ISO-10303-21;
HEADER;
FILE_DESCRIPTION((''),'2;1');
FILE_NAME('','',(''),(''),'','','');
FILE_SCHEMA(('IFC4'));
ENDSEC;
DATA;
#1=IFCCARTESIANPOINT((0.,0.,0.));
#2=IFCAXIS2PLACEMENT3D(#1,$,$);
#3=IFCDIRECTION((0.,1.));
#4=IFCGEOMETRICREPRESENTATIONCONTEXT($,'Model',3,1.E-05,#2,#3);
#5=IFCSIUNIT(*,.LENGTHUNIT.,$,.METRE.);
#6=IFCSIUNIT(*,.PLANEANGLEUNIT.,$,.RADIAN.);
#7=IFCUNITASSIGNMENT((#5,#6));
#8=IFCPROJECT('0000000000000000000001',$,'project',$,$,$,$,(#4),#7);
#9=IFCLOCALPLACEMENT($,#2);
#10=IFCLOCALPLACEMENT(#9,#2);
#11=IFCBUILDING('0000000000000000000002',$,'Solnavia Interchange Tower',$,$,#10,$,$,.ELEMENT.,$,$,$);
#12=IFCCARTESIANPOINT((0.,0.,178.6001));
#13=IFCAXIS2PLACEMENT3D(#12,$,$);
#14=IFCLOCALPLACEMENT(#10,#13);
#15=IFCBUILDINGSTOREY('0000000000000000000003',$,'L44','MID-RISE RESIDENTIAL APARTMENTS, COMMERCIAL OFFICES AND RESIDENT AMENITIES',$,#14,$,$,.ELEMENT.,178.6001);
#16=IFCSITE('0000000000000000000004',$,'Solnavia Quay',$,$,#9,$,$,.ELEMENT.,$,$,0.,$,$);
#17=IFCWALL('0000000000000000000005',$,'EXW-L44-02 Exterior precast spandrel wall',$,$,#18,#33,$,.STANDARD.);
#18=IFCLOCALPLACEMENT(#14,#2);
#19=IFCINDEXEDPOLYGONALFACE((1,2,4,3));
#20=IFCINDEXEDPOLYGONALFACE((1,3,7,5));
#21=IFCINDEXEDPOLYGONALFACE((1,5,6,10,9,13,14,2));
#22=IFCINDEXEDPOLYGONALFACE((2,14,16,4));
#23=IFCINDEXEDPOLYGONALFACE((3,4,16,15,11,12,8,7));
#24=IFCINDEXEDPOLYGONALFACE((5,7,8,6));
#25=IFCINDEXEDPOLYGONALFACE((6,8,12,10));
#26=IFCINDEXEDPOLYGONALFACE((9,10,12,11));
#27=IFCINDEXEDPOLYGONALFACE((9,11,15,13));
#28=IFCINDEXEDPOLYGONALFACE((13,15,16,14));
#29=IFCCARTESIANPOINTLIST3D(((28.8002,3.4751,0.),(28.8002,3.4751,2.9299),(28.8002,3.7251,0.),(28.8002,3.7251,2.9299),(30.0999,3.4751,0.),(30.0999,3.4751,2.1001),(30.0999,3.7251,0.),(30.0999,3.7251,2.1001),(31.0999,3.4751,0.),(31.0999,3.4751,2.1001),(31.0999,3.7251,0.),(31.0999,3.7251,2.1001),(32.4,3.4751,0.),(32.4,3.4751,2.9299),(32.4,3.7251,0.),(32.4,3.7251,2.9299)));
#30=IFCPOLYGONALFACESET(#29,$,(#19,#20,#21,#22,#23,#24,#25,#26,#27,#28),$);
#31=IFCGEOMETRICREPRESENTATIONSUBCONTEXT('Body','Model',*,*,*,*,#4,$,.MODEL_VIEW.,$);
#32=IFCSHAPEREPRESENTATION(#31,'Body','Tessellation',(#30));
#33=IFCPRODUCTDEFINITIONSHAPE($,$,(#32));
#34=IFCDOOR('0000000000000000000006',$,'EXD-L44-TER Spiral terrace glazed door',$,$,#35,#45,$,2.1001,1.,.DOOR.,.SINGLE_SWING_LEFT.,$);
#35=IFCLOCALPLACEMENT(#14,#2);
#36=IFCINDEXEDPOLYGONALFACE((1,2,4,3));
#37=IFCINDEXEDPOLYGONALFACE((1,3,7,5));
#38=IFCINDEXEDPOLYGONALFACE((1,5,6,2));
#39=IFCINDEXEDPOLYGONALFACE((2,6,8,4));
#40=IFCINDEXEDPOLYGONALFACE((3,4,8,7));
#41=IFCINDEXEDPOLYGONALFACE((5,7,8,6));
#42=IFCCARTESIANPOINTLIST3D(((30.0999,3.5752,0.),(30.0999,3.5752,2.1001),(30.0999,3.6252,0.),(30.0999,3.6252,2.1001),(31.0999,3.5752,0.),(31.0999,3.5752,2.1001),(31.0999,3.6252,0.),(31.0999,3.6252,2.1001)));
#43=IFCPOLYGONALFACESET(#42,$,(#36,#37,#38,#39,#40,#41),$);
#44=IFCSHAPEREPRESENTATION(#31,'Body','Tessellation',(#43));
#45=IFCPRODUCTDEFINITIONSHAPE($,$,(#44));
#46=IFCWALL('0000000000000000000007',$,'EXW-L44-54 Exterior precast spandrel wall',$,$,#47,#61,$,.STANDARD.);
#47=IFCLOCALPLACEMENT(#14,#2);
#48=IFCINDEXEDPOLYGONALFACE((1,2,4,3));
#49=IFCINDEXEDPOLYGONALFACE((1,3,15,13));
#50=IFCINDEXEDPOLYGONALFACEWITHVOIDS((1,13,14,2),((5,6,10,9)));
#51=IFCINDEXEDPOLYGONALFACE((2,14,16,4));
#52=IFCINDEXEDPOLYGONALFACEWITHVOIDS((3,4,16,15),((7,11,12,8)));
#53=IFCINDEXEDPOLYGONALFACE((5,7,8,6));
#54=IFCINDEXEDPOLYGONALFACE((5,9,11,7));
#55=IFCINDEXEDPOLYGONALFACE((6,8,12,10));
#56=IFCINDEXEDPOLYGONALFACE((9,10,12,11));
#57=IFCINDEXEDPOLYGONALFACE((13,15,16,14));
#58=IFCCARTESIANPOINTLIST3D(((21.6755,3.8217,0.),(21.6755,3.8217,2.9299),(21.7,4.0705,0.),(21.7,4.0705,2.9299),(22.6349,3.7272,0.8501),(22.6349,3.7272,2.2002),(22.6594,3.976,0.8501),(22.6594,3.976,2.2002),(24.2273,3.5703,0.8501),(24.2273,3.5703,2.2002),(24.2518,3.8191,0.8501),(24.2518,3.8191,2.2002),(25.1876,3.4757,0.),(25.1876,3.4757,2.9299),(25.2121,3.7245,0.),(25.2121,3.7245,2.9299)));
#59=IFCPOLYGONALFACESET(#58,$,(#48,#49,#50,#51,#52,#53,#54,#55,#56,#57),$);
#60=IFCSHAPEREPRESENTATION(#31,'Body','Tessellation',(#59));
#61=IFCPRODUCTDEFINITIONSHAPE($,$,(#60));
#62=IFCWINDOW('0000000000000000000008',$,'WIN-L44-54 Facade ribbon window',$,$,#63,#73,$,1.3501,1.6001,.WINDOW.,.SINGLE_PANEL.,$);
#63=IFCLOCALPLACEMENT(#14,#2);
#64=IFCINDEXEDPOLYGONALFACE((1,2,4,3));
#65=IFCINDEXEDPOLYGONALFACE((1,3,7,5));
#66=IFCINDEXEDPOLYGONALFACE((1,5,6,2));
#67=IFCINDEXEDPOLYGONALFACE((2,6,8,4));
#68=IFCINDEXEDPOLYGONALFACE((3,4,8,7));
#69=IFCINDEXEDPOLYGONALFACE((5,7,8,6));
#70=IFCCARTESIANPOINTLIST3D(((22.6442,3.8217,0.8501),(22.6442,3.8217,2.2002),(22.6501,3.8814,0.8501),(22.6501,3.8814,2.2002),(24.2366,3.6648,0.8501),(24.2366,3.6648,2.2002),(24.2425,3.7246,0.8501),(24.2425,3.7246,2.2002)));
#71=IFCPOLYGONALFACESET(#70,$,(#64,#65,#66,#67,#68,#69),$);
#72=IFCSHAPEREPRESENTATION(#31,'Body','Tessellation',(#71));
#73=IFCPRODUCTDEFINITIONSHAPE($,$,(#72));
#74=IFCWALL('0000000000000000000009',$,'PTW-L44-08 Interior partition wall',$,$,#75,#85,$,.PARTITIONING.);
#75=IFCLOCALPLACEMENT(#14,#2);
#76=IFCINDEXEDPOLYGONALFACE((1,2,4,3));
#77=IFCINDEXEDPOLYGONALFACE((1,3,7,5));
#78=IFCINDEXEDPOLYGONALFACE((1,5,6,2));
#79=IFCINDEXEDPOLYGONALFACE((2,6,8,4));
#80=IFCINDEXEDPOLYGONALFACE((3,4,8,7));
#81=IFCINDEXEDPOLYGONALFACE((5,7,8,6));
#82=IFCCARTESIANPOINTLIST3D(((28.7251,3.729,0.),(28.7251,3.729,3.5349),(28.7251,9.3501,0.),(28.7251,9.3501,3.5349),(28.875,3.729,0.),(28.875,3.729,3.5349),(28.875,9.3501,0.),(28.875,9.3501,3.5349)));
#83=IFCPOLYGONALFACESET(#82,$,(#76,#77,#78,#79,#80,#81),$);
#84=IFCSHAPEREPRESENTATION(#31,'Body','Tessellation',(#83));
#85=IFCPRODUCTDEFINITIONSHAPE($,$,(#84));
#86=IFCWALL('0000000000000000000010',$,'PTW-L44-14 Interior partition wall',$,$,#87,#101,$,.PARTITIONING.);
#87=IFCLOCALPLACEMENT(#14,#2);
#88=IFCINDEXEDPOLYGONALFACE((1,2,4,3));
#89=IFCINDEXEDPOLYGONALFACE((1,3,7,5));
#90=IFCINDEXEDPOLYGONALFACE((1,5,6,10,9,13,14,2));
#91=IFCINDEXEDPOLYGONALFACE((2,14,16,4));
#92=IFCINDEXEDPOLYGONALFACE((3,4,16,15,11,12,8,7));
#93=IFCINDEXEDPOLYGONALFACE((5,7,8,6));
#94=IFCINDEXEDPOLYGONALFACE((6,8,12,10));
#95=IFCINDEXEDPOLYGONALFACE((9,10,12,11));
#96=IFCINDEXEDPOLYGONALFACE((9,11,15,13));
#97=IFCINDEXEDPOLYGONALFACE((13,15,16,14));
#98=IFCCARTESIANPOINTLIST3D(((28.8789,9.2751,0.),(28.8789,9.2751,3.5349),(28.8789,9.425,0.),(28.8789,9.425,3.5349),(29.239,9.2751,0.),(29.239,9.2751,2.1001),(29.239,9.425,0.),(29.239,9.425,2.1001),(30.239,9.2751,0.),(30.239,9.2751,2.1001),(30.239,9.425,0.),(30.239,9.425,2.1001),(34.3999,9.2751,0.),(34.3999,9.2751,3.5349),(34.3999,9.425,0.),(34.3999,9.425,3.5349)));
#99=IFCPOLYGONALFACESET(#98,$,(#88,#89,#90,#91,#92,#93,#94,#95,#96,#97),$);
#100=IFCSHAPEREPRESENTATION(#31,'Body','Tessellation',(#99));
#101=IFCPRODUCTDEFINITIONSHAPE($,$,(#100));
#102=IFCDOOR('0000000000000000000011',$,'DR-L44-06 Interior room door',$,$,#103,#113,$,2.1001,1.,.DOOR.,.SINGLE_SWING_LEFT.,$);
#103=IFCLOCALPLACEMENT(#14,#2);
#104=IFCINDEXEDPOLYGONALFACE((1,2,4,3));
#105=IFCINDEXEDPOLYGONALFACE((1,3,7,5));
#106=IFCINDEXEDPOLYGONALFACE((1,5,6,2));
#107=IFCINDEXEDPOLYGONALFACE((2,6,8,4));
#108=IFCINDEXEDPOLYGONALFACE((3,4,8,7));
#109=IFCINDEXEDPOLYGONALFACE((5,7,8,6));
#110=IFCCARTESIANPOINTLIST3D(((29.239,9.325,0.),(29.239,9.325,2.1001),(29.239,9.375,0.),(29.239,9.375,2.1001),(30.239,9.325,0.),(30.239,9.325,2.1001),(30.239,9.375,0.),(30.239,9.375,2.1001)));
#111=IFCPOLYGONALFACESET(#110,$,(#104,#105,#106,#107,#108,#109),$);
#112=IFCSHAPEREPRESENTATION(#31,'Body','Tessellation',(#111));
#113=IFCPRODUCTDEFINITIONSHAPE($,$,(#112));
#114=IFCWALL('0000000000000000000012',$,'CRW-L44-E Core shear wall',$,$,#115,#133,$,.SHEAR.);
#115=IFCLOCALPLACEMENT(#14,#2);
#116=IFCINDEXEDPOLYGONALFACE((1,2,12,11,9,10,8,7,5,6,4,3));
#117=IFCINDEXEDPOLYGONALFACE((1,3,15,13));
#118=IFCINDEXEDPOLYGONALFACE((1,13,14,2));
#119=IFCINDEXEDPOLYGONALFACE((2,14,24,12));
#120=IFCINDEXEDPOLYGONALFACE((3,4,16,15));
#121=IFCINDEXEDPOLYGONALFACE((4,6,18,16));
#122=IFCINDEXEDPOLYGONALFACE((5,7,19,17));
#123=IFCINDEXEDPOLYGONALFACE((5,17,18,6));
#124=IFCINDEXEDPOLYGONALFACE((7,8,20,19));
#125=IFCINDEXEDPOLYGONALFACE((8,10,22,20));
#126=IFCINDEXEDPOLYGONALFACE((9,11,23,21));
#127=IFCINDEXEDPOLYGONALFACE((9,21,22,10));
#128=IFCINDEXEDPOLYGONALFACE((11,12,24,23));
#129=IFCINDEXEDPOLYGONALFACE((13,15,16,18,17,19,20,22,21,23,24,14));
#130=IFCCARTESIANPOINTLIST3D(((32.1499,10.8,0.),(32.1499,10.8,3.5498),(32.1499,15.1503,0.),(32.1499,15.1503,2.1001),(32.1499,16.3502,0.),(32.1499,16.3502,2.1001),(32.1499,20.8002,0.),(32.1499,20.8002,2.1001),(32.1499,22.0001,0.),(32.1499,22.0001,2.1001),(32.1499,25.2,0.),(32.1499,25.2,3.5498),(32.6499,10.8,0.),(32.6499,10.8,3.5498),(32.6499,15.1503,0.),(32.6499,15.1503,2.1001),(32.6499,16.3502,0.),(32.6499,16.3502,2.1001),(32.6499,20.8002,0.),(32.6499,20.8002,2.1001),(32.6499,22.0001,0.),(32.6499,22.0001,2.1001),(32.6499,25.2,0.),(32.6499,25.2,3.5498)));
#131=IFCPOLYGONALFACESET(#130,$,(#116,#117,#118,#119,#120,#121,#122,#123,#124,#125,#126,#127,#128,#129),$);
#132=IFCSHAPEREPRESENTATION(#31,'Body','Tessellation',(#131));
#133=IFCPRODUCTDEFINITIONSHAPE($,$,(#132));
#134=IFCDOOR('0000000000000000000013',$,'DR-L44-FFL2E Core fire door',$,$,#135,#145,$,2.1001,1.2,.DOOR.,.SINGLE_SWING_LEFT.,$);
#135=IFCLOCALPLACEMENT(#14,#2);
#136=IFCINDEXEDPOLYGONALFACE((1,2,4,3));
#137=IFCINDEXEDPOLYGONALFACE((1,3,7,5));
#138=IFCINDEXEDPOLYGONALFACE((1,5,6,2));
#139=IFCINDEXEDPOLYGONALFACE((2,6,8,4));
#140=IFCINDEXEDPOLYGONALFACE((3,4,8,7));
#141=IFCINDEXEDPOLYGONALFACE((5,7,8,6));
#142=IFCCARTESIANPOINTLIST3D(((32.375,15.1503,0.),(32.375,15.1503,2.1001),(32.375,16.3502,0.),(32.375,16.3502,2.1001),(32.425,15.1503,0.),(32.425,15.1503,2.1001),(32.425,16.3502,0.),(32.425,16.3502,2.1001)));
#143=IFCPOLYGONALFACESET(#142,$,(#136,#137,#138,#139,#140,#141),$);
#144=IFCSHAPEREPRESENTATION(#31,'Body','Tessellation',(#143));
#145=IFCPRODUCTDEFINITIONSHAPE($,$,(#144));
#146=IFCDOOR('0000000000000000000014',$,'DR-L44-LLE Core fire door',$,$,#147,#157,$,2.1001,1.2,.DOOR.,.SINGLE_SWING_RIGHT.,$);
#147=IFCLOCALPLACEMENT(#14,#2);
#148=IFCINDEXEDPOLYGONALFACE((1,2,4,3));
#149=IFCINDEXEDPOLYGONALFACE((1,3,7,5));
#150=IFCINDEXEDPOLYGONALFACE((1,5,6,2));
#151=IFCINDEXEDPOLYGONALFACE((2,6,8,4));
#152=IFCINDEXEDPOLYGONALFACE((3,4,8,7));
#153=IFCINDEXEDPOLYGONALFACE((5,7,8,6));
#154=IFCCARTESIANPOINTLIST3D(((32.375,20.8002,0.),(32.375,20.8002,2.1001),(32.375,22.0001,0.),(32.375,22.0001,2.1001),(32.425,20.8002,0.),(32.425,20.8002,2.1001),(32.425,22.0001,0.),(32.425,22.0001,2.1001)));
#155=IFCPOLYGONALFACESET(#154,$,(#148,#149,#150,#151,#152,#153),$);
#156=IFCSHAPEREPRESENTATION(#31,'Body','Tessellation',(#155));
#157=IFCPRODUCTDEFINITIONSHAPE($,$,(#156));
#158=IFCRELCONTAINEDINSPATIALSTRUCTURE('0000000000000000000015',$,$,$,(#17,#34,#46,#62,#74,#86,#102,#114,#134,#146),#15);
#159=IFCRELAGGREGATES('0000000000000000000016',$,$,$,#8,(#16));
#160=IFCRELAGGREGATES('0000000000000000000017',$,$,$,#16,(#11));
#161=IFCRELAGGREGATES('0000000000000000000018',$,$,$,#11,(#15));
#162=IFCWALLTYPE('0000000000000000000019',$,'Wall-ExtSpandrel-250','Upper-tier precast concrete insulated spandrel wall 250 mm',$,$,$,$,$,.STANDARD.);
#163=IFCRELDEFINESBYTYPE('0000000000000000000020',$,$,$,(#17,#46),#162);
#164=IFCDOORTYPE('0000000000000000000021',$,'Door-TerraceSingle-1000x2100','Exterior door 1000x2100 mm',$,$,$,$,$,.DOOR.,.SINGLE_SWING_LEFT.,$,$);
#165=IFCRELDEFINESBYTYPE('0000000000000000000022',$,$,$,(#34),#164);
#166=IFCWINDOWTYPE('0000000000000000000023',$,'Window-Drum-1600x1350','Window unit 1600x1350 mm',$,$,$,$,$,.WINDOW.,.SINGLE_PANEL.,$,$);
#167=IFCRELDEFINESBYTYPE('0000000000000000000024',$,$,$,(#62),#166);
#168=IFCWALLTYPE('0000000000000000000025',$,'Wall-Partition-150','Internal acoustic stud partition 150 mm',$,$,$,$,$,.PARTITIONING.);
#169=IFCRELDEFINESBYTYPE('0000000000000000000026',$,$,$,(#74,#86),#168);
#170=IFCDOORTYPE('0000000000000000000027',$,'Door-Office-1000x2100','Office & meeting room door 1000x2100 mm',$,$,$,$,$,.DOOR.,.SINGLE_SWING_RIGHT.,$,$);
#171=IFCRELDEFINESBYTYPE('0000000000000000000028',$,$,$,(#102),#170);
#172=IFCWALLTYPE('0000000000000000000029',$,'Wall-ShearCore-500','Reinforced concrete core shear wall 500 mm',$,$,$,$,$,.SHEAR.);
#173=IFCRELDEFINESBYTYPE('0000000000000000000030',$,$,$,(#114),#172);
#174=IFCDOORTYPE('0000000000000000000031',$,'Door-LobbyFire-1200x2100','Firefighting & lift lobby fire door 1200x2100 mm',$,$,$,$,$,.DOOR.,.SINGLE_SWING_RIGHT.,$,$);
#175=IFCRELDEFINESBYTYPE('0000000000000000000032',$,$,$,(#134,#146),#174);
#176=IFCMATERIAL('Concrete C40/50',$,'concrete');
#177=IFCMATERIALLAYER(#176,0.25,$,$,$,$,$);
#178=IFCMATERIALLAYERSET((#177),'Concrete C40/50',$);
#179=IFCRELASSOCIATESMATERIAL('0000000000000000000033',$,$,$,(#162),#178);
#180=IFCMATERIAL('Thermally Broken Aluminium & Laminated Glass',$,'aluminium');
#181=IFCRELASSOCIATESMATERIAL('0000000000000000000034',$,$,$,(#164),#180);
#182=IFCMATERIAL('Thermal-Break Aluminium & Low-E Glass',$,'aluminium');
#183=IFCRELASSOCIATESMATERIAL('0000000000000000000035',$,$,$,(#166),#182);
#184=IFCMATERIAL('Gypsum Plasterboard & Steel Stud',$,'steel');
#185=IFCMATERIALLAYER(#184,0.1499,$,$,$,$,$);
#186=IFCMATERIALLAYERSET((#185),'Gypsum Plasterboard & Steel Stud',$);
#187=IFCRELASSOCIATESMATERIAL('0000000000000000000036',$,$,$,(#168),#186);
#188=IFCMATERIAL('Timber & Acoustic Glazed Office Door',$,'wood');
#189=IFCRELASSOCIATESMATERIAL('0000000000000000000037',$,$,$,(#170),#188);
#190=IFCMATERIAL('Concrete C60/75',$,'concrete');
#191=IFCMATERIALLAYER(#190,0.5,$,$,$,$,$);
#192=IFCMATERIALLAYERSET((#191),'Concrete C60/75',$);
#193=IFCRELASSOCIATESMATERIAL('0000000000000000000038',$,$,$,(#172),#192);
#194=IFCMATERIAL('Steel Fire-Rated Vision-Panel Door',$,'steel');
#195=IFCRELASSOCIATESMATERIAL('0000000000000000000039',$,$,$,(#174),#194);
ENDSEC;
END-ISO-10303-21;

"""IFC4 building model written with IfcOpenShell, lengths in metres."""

from ifc_helpers import new_model, si_unit, direction, frame, frame_2d, origin, place, context, subcontext, project, spatial, rectangle, extrude, material, layer, layer_set, type_object, element, fill, save


model = new_model("IFC4")

# Units and contexts
model_context = context("Model", 3, precision=1e-05, world=origin(), true_north=direction((0.0, 1.0)))
body_context = subcontext(model_context, "Body", "Model", "MODEL_VIEW")
ifc_project = project(units=[si_unit("LENGTHUNIT", "METRE"), si_unit("PLANEANGLEUNIT", "RADIAN")], contexts=[model_context])

# Site, building, storey
site_placement = place(None, origin())
site = spatial("IfcSite", under=ifc_project, at=site_placement, Name="Solnavia Quay", CompositionType="ELEMENT", RefElevation=0.0)
building_placement = place(site_placement, origin())
building = spatial("IfcBuilding", under=site, at=building_placement, Name="Solnavia Interchange Tower", CompositionType="ELEMENT")
storey_placement = place(building_placement, frame((0.0, 0.0, 178.6001)))
storey = spatial("IfcBuildingStorey", under=building, at=storey_placement, Name="L44", Description="MID-RISE RESIDENTIAL APARTMENTS, COMMERCIAL OFFICES AND RESIDENT AMENITIES", CompositionType="ELEMENT", Elevation=178.6001)

# Shared definitions
ifc_material_1 = material(Name="Concrete C40/50", Category="concrete")
ifc_layer_1 = layer(ifc_material_1, 0.25)
ifc_layer_set_1 = layer_set([ifc_layer_1], Name="Concrete C40/50")
wall_type_1 = type_object("IfcWallType", Name="Wall-ExtSpandrel-250", Description="Upper-tier precast concrete insulated spandrel wall 250 mm", PredefinedType="STANDARD", material=ifc_layer_set_1)
ifc_material_2 = material(Name="Thermal-Break Aluminium & Low-E Glass", Category="aluminium")

# Wall, opening, door
wall_1_placement = place(storey_placement, frame((32.3999, 3.6001, 0.0), z_axis=(0.0, 0.0, 1.0), x_axis=(-1.0, 0.0, 0.0)))
wall_1 = element("IfcWall", 1, at=wall_1_placement, inside=storey, type_object=wall_type_1, Name="EXW-L44-02 Exterior precast spandrel wall", PredefinedType="STANDARD", context=body_context, shape_type="SweptSolid", body=[
    extrude(rectangle(XDim=3.5999, YDim=0.25, at=frame_2d((1.7998, 0.0))), origin(), (0.0, 0.0, 1.0), 2.9299),
])
opening_1_placement = place(wall_1_placement, frame((1.3, 0.0, 0.0)))
opening_1 = element("IfcOpeningElement", 2, at=opening_1_placement, cuts=wall_1, PredefinedType="OPENING", context=body_context, shape_type="SweptSolid", body=[
    extrude(rectangle(XDim=1.0, YDim=2.1001, at=frame_2d((0.5, 1.05))), frame((0.0, 0.135, 0.0), z_axis=(0.0, -1.0, 0.0), x_axis=(1.0, 0.0, 0.0)), (0.0, 0.0, 1.0), 0.27),
])
ifc_material_3 = material(Name="Thermally Broken Aluminium & Laminated Glass", Category="aluminium")
door_type_1 = type_object("IfcDoorType", Name="Door-TerraceSingle-1000x2100", Description="Exterior door 1000x2100 mm", OperationType="SINGLE_SWING_LEFT", PredefinedType="DOOR", material=ifc_material_3)
door_1_placement = place(opening_1_placement, origin())
door_1 = element("IfcDoor", 3, at=door_1_placement, inside=storey, type_object=door_type_1, Name="EXD-L44-TER Spiral terrace glazed door", OperationType="SINGLE_SWING_LEFT", OverallHeight=2.1001, OverallWidth=1.0, PredefinedType="DOOR", context=body_context, shape_type="SweptSolid", body=[
    extrude(rectangle(XDim=1.0, YDim=2.1001, at=frame_2d((0.5, 1.05))), frame((0.0, 0.0249, 0.0), z_axis=(0.0, -1.0, 0.0), x_axis=(1.0, 0.0, 0.0)), (0.0, 0.0, 1.0), 0.05),
])
fill(opening_1, door_1)

# Wall, opening, window
wall_2_placement = place(storey_placement, frame((25.2, 3.6001, 0.0), z_axis=(0.0, 0.0, 1.0), x_axis=(-0.995183, 0.098031, 0.0)))
wall_2 = element("IfcWall", 4, at=wall_2_placement, inside=storey, type_object=wall_type_1, Name="EXW-L44-54 Exterior precast spandrel wall", PredefinedType="STANDARD", context=body_context, shape_type="SweptSolid", body=[
    extrude(rectangle(XDim=3.5291, YDim=0.25, at=frame_2d((1.7646, 0.0))), origin(), (0.0, 0.0, 1.0), 2.9299),
])
opening_2_placement = place(wall_2_placement, frame((0.9651, 0.0, 0.8501)))
opening_2 = element("IfcOpeningElement", 5, at=opening_2_placement, cuts=wall_2, PredefinedType="OPENING", context=body_context, shape_type="SweptSolid", body=[
    extrude(rectangle(XDim=1.6001, YDim=1.3501, at=frame_2d((0.8, 0.675))), frame((0.0, 0.135, 0.0), z_axis=(0.0, -1.0, 0.0), x_axis=(1.0, 0.0, 0.0)), (0.0, 0.0, 1.0), 0.27),
])
window_type_1 = type_object("IfcWindowType", Name="Window-Drum-1600x1350", Description="Window unit 1600x1350 mm", PartitioningType="SINGLE_PANEL", PredefinedType="WINDOW", material=ifc_material_2)
window_1_placement = place(opening_2_placement, origin())
window_1 = element("IfcWindow", 6, at=window_1_placement, inside=storey, type_object=window_type_1, Name="WIN-L44-54 Facade ribbon window", OverallHeight=1.3501, OverallWidth=1.6001, PartitioningType="SINGLE_PANEL", PredefinedType="WINDOW", context=body_context, shape_type="SweptSolid", body=[
    extrude(rectangle(XDim=1.6001, YDim=1.3501, at=frame_2d((0.8, 0.675))), frame((0.0, 0.03, 0.0), z_axis=(0.0, -1.0, 0.0), x_axis=(1.0, 0.0, 0.0)), (0.0, 0.0, 1.0), 0.0601),
])
fill(opening_2, window_1)

# Wall
ifc_material_4 = material(Name="Gypsum Plasterboard & Steel Stud", Category="steel")
ifc_layer_2 = layer(ifc_material_4, 0.1499)
ifc_layer_set_2 = layer_set([ifc_layer_2], Name="Gypsum Plasterboard & Steel Stud")
wall_type_2 = type_object("IfcWallType", Name="Wall-Partition-150", Description="Internal acoustic stud partition 150 mm", PredefinedType="PARTITIONING", material=ifc_layer_set_2)
wall_3_placement = place(storey_placement, frame((28.8, 9.3501, 0.0), z_axis=(0.0, 0.0, 1.0), x_axis=(0.0, -1.0, 0.0)))
element("IfcWall", 7, at=wall_3_placement, inside=storey, type_object=wall_type_2, Name="PTW-L44-08 Interior partition wall", PredefinedType="PARTITIONING", context=body_context, shape_type="SweptSolid", body=[
    extrude(rectangle(XDim=5.6211, YDim=0.1499, at=frame_2d((2.8105, 0.0))), origin(), (0.0, 0.0, 1.0), 3.5349),
])

# Wall, opening, door
wall_4_placement = place(storey_placement, frame((28.8789, 9.3501, 0.0), z_axis=(0.0, 0.0, 1.0), x_axis=(1.0, 0.0, 0.0)))
wall_4 = element("IfcWall", 8, at=wall_4_placement, inside=storey, type_object=wall_type_2, Name="PTW-L44-14 Interior partition wall", PredefinedType="PARTITIONING", context=body_context, shape_type="SweptSolid", body=[
    extrude(rectangle(XDim=5.521, YDim=0.1499, at=frame_2d((2.7605, 0.0))), origin(), (0.0, 0.0, 1.0), 3.5349),
])
opening_3_placement = place(wall_4_placement, frame((0.3601, 0.0, 0.0)))
opening_3 = element("IfcOpeningElement", 9, at=opening_3_placement, cuts=wall_4, PredefinedType="OPENING", context=body_context, shape_type="SweptSolid", body=[
    extrude(rectangle(XDim=1.0, YDim=2.1001, at=frame_2d((0.5, 1.05))), frame((0.0, 0.085, 0.0), z_axis=(0.0, -1.0, 0.0), x_axis=(1.0, 0.0, 0.0)), (0.0, 0.0, 1.0), 0.1699),
])
ifc_material_5 = material(Name="Timber & Acoustic Glazed Office Door", Category="wood")
door_type_2 = type_object("IfcDoorType", Name="Door-Office-1000x2100", Description="Office & meeting room door 1000x2100 mm", OperationType="SINGLE_SWING_RIGHT", PredefinedType="DOOR", material=ifc_material_5)
door_2_placement = place(opening_3_placement, origin())
door_2 = element("IfcDoor", 10, at=door_2_placement, inside=storey, type_object=door_type_2, Name="DR-L44-06 Interior room door", OperationType="SINGLE_SWING_LEFT", OverallHeight=2.1001, OverallWidth=1.0, PredefinedType="DOOR", context=body_context, shape_type="SweptSolid", body=[
    extrude(rectangle(XDim=1.0, YDim=2.1001, at=frame_2d((0.5, 1.05))), frame((0.0, 0.0249, 0.0), z_axis=(0.0, -1.0, 0.0), x_axis=(1.0, 0.0, 0.0)), (0.0, 0.0, 1.0), 0.05),
])
fill(opening_3, door_2)

# Wall, openings, doors
ifc_material_6 = material(Name="Concrete C60/75", Category="concrete")
ifc_layer_3 = layer(ifc_material_6, 0.5)
ifc_layer_set_3 = layer_set([ifc_layer_3], Name="Concrete C60/75")
wall_type_3 = type_object("IfcWallType", Name="Wall-ShearCore-500", Description="Reinforced concrete core shear wall 500 mm", PredefinedType="SHEAR", material=ifc_layer_set_3)
wall_5_placement = place(storey_placement, frame((32.3999, 10.8, 0.0), z_axis=(0.0, 0.0, 1.0), x_axis=(0.0, 1.0, 0.0)))
wall_5 = element("IfcWall", 11, at=wall_5_placement, inside=storey, type_object=wall_type_3, Name="CRW-L44-E Core shear wall", PredefinedType="SHEAR", context=body_context, shape_type="SweptSolid", body=[
    extrude(rectangle(XDim=14.3999, YDim=0.5, at=frame_2d((7.2, 0.0))), origin(), (0.0, 0.0, 1.0), 3.5498),
])
opening_4_placement = place(wall_5_placement, frame((4.3501, 0.0, 0.0)))
opening_4 = element("IfcOpeningElement", 12, at=opening_4_placement, cuts=wall_5, PredefinedType="OPENING", context=body_context, shape_type="SweptSolid", body=[
    extrude(rectangle(XDim=1.2, YDim=2.1001, at=frame_2d((0.6001, 1.05))), frame((0.0, 0.26, 0.0), z_axis=(0.0, -1.0, 0.0), x_axis=(1.0, 0.0, 0.0)), (0.0, 0.0, 1.0), 0.52),
])
opening_5_placement = place(wall_5_placement, frame((10.0, 0.0, 0.0)))
opening_5 = element("IfcOpeningElement", 13, at=opening_5_placement, cuts=wall_5, PredefinedType="OPENING", context=body_context, shape_type="SweptSolid", body=[
    extrude(rectangle(XDim=1.2, YDim=2.1001, at=frame_2d((0.6001, 1.05))), frame((0.0, 0.26, 0.0), z_axis=(0.0, -1.0, 0.0), x_axis=(1.0, 0.0, 0.0)), (0.0, 0.0, 1.0), 0.52),
])
ifc_material_7 = material(Name="Steel Fire-Rated Vision-Panel Door", Category="steel")
door_type_3 = type_object("IfcDoorType", Name="Door-LobbyFire-1200x2100", Description="Firefighting & lift lobby fire door 1200x2100 mm", OperationType="SINGLE_SWING_RIGHT", PredefinedType="DOOR", material=ifc_material_7)
door_3_placement = place(opening_4_placement, origin())
door_3 = element("IfcDoor", 14, at=door_3_placement, inside=storey, type_object=door_type_3, Name="DR-L44-FFL2E Core fire door", OperationType="SINGLE_SWING_LEFT", OverallHeight=2.1001, OverallWidth=1.2, PredefinedType="DOOR", context=body_context, shape_type="SweptSolid", body=[
    extrude(rectangle(XDim=1.2, YDim=2.1001, at=frame_2d((0.6001, 1.05))), frame((0.0, 0.0249, 0.0), z_axis=(0.0, -1.0, 0.0), x_axis=(1.0, 0.0, 0.0)), (0.0, 0.0, 1.0), 0.05),
])
fill(opening_4, door_3)
door_4_placement = place(opening_5_placement, origin())
door_4 = element("IfcDoor", 15, at=door_4_placement, inside=storey, type_object=door_type_3, Name="DR-L44-LLE Core fire door", OperationType="SINGLE_SWING_RIGHT", OverallHeight=2.1001, OverallWidth=1.2, PredefinedType="DOOR", context=body_context, shape_type="SweptSolid", body=[
    extrude(rectangle(XDim=1.2, YDim=2.1001, at=frame_2d((0.6001, 1.05))), frame((0.0, 0.0249, 0.0), z_axis=(0.0, -1.0, 0.0), x_axis=(1.0, 0.0, 0.0)), (0.0, 0.0, 1.0), 0.05),
])
fill(opening_5, door_4)

save(model, "model.ifc")
